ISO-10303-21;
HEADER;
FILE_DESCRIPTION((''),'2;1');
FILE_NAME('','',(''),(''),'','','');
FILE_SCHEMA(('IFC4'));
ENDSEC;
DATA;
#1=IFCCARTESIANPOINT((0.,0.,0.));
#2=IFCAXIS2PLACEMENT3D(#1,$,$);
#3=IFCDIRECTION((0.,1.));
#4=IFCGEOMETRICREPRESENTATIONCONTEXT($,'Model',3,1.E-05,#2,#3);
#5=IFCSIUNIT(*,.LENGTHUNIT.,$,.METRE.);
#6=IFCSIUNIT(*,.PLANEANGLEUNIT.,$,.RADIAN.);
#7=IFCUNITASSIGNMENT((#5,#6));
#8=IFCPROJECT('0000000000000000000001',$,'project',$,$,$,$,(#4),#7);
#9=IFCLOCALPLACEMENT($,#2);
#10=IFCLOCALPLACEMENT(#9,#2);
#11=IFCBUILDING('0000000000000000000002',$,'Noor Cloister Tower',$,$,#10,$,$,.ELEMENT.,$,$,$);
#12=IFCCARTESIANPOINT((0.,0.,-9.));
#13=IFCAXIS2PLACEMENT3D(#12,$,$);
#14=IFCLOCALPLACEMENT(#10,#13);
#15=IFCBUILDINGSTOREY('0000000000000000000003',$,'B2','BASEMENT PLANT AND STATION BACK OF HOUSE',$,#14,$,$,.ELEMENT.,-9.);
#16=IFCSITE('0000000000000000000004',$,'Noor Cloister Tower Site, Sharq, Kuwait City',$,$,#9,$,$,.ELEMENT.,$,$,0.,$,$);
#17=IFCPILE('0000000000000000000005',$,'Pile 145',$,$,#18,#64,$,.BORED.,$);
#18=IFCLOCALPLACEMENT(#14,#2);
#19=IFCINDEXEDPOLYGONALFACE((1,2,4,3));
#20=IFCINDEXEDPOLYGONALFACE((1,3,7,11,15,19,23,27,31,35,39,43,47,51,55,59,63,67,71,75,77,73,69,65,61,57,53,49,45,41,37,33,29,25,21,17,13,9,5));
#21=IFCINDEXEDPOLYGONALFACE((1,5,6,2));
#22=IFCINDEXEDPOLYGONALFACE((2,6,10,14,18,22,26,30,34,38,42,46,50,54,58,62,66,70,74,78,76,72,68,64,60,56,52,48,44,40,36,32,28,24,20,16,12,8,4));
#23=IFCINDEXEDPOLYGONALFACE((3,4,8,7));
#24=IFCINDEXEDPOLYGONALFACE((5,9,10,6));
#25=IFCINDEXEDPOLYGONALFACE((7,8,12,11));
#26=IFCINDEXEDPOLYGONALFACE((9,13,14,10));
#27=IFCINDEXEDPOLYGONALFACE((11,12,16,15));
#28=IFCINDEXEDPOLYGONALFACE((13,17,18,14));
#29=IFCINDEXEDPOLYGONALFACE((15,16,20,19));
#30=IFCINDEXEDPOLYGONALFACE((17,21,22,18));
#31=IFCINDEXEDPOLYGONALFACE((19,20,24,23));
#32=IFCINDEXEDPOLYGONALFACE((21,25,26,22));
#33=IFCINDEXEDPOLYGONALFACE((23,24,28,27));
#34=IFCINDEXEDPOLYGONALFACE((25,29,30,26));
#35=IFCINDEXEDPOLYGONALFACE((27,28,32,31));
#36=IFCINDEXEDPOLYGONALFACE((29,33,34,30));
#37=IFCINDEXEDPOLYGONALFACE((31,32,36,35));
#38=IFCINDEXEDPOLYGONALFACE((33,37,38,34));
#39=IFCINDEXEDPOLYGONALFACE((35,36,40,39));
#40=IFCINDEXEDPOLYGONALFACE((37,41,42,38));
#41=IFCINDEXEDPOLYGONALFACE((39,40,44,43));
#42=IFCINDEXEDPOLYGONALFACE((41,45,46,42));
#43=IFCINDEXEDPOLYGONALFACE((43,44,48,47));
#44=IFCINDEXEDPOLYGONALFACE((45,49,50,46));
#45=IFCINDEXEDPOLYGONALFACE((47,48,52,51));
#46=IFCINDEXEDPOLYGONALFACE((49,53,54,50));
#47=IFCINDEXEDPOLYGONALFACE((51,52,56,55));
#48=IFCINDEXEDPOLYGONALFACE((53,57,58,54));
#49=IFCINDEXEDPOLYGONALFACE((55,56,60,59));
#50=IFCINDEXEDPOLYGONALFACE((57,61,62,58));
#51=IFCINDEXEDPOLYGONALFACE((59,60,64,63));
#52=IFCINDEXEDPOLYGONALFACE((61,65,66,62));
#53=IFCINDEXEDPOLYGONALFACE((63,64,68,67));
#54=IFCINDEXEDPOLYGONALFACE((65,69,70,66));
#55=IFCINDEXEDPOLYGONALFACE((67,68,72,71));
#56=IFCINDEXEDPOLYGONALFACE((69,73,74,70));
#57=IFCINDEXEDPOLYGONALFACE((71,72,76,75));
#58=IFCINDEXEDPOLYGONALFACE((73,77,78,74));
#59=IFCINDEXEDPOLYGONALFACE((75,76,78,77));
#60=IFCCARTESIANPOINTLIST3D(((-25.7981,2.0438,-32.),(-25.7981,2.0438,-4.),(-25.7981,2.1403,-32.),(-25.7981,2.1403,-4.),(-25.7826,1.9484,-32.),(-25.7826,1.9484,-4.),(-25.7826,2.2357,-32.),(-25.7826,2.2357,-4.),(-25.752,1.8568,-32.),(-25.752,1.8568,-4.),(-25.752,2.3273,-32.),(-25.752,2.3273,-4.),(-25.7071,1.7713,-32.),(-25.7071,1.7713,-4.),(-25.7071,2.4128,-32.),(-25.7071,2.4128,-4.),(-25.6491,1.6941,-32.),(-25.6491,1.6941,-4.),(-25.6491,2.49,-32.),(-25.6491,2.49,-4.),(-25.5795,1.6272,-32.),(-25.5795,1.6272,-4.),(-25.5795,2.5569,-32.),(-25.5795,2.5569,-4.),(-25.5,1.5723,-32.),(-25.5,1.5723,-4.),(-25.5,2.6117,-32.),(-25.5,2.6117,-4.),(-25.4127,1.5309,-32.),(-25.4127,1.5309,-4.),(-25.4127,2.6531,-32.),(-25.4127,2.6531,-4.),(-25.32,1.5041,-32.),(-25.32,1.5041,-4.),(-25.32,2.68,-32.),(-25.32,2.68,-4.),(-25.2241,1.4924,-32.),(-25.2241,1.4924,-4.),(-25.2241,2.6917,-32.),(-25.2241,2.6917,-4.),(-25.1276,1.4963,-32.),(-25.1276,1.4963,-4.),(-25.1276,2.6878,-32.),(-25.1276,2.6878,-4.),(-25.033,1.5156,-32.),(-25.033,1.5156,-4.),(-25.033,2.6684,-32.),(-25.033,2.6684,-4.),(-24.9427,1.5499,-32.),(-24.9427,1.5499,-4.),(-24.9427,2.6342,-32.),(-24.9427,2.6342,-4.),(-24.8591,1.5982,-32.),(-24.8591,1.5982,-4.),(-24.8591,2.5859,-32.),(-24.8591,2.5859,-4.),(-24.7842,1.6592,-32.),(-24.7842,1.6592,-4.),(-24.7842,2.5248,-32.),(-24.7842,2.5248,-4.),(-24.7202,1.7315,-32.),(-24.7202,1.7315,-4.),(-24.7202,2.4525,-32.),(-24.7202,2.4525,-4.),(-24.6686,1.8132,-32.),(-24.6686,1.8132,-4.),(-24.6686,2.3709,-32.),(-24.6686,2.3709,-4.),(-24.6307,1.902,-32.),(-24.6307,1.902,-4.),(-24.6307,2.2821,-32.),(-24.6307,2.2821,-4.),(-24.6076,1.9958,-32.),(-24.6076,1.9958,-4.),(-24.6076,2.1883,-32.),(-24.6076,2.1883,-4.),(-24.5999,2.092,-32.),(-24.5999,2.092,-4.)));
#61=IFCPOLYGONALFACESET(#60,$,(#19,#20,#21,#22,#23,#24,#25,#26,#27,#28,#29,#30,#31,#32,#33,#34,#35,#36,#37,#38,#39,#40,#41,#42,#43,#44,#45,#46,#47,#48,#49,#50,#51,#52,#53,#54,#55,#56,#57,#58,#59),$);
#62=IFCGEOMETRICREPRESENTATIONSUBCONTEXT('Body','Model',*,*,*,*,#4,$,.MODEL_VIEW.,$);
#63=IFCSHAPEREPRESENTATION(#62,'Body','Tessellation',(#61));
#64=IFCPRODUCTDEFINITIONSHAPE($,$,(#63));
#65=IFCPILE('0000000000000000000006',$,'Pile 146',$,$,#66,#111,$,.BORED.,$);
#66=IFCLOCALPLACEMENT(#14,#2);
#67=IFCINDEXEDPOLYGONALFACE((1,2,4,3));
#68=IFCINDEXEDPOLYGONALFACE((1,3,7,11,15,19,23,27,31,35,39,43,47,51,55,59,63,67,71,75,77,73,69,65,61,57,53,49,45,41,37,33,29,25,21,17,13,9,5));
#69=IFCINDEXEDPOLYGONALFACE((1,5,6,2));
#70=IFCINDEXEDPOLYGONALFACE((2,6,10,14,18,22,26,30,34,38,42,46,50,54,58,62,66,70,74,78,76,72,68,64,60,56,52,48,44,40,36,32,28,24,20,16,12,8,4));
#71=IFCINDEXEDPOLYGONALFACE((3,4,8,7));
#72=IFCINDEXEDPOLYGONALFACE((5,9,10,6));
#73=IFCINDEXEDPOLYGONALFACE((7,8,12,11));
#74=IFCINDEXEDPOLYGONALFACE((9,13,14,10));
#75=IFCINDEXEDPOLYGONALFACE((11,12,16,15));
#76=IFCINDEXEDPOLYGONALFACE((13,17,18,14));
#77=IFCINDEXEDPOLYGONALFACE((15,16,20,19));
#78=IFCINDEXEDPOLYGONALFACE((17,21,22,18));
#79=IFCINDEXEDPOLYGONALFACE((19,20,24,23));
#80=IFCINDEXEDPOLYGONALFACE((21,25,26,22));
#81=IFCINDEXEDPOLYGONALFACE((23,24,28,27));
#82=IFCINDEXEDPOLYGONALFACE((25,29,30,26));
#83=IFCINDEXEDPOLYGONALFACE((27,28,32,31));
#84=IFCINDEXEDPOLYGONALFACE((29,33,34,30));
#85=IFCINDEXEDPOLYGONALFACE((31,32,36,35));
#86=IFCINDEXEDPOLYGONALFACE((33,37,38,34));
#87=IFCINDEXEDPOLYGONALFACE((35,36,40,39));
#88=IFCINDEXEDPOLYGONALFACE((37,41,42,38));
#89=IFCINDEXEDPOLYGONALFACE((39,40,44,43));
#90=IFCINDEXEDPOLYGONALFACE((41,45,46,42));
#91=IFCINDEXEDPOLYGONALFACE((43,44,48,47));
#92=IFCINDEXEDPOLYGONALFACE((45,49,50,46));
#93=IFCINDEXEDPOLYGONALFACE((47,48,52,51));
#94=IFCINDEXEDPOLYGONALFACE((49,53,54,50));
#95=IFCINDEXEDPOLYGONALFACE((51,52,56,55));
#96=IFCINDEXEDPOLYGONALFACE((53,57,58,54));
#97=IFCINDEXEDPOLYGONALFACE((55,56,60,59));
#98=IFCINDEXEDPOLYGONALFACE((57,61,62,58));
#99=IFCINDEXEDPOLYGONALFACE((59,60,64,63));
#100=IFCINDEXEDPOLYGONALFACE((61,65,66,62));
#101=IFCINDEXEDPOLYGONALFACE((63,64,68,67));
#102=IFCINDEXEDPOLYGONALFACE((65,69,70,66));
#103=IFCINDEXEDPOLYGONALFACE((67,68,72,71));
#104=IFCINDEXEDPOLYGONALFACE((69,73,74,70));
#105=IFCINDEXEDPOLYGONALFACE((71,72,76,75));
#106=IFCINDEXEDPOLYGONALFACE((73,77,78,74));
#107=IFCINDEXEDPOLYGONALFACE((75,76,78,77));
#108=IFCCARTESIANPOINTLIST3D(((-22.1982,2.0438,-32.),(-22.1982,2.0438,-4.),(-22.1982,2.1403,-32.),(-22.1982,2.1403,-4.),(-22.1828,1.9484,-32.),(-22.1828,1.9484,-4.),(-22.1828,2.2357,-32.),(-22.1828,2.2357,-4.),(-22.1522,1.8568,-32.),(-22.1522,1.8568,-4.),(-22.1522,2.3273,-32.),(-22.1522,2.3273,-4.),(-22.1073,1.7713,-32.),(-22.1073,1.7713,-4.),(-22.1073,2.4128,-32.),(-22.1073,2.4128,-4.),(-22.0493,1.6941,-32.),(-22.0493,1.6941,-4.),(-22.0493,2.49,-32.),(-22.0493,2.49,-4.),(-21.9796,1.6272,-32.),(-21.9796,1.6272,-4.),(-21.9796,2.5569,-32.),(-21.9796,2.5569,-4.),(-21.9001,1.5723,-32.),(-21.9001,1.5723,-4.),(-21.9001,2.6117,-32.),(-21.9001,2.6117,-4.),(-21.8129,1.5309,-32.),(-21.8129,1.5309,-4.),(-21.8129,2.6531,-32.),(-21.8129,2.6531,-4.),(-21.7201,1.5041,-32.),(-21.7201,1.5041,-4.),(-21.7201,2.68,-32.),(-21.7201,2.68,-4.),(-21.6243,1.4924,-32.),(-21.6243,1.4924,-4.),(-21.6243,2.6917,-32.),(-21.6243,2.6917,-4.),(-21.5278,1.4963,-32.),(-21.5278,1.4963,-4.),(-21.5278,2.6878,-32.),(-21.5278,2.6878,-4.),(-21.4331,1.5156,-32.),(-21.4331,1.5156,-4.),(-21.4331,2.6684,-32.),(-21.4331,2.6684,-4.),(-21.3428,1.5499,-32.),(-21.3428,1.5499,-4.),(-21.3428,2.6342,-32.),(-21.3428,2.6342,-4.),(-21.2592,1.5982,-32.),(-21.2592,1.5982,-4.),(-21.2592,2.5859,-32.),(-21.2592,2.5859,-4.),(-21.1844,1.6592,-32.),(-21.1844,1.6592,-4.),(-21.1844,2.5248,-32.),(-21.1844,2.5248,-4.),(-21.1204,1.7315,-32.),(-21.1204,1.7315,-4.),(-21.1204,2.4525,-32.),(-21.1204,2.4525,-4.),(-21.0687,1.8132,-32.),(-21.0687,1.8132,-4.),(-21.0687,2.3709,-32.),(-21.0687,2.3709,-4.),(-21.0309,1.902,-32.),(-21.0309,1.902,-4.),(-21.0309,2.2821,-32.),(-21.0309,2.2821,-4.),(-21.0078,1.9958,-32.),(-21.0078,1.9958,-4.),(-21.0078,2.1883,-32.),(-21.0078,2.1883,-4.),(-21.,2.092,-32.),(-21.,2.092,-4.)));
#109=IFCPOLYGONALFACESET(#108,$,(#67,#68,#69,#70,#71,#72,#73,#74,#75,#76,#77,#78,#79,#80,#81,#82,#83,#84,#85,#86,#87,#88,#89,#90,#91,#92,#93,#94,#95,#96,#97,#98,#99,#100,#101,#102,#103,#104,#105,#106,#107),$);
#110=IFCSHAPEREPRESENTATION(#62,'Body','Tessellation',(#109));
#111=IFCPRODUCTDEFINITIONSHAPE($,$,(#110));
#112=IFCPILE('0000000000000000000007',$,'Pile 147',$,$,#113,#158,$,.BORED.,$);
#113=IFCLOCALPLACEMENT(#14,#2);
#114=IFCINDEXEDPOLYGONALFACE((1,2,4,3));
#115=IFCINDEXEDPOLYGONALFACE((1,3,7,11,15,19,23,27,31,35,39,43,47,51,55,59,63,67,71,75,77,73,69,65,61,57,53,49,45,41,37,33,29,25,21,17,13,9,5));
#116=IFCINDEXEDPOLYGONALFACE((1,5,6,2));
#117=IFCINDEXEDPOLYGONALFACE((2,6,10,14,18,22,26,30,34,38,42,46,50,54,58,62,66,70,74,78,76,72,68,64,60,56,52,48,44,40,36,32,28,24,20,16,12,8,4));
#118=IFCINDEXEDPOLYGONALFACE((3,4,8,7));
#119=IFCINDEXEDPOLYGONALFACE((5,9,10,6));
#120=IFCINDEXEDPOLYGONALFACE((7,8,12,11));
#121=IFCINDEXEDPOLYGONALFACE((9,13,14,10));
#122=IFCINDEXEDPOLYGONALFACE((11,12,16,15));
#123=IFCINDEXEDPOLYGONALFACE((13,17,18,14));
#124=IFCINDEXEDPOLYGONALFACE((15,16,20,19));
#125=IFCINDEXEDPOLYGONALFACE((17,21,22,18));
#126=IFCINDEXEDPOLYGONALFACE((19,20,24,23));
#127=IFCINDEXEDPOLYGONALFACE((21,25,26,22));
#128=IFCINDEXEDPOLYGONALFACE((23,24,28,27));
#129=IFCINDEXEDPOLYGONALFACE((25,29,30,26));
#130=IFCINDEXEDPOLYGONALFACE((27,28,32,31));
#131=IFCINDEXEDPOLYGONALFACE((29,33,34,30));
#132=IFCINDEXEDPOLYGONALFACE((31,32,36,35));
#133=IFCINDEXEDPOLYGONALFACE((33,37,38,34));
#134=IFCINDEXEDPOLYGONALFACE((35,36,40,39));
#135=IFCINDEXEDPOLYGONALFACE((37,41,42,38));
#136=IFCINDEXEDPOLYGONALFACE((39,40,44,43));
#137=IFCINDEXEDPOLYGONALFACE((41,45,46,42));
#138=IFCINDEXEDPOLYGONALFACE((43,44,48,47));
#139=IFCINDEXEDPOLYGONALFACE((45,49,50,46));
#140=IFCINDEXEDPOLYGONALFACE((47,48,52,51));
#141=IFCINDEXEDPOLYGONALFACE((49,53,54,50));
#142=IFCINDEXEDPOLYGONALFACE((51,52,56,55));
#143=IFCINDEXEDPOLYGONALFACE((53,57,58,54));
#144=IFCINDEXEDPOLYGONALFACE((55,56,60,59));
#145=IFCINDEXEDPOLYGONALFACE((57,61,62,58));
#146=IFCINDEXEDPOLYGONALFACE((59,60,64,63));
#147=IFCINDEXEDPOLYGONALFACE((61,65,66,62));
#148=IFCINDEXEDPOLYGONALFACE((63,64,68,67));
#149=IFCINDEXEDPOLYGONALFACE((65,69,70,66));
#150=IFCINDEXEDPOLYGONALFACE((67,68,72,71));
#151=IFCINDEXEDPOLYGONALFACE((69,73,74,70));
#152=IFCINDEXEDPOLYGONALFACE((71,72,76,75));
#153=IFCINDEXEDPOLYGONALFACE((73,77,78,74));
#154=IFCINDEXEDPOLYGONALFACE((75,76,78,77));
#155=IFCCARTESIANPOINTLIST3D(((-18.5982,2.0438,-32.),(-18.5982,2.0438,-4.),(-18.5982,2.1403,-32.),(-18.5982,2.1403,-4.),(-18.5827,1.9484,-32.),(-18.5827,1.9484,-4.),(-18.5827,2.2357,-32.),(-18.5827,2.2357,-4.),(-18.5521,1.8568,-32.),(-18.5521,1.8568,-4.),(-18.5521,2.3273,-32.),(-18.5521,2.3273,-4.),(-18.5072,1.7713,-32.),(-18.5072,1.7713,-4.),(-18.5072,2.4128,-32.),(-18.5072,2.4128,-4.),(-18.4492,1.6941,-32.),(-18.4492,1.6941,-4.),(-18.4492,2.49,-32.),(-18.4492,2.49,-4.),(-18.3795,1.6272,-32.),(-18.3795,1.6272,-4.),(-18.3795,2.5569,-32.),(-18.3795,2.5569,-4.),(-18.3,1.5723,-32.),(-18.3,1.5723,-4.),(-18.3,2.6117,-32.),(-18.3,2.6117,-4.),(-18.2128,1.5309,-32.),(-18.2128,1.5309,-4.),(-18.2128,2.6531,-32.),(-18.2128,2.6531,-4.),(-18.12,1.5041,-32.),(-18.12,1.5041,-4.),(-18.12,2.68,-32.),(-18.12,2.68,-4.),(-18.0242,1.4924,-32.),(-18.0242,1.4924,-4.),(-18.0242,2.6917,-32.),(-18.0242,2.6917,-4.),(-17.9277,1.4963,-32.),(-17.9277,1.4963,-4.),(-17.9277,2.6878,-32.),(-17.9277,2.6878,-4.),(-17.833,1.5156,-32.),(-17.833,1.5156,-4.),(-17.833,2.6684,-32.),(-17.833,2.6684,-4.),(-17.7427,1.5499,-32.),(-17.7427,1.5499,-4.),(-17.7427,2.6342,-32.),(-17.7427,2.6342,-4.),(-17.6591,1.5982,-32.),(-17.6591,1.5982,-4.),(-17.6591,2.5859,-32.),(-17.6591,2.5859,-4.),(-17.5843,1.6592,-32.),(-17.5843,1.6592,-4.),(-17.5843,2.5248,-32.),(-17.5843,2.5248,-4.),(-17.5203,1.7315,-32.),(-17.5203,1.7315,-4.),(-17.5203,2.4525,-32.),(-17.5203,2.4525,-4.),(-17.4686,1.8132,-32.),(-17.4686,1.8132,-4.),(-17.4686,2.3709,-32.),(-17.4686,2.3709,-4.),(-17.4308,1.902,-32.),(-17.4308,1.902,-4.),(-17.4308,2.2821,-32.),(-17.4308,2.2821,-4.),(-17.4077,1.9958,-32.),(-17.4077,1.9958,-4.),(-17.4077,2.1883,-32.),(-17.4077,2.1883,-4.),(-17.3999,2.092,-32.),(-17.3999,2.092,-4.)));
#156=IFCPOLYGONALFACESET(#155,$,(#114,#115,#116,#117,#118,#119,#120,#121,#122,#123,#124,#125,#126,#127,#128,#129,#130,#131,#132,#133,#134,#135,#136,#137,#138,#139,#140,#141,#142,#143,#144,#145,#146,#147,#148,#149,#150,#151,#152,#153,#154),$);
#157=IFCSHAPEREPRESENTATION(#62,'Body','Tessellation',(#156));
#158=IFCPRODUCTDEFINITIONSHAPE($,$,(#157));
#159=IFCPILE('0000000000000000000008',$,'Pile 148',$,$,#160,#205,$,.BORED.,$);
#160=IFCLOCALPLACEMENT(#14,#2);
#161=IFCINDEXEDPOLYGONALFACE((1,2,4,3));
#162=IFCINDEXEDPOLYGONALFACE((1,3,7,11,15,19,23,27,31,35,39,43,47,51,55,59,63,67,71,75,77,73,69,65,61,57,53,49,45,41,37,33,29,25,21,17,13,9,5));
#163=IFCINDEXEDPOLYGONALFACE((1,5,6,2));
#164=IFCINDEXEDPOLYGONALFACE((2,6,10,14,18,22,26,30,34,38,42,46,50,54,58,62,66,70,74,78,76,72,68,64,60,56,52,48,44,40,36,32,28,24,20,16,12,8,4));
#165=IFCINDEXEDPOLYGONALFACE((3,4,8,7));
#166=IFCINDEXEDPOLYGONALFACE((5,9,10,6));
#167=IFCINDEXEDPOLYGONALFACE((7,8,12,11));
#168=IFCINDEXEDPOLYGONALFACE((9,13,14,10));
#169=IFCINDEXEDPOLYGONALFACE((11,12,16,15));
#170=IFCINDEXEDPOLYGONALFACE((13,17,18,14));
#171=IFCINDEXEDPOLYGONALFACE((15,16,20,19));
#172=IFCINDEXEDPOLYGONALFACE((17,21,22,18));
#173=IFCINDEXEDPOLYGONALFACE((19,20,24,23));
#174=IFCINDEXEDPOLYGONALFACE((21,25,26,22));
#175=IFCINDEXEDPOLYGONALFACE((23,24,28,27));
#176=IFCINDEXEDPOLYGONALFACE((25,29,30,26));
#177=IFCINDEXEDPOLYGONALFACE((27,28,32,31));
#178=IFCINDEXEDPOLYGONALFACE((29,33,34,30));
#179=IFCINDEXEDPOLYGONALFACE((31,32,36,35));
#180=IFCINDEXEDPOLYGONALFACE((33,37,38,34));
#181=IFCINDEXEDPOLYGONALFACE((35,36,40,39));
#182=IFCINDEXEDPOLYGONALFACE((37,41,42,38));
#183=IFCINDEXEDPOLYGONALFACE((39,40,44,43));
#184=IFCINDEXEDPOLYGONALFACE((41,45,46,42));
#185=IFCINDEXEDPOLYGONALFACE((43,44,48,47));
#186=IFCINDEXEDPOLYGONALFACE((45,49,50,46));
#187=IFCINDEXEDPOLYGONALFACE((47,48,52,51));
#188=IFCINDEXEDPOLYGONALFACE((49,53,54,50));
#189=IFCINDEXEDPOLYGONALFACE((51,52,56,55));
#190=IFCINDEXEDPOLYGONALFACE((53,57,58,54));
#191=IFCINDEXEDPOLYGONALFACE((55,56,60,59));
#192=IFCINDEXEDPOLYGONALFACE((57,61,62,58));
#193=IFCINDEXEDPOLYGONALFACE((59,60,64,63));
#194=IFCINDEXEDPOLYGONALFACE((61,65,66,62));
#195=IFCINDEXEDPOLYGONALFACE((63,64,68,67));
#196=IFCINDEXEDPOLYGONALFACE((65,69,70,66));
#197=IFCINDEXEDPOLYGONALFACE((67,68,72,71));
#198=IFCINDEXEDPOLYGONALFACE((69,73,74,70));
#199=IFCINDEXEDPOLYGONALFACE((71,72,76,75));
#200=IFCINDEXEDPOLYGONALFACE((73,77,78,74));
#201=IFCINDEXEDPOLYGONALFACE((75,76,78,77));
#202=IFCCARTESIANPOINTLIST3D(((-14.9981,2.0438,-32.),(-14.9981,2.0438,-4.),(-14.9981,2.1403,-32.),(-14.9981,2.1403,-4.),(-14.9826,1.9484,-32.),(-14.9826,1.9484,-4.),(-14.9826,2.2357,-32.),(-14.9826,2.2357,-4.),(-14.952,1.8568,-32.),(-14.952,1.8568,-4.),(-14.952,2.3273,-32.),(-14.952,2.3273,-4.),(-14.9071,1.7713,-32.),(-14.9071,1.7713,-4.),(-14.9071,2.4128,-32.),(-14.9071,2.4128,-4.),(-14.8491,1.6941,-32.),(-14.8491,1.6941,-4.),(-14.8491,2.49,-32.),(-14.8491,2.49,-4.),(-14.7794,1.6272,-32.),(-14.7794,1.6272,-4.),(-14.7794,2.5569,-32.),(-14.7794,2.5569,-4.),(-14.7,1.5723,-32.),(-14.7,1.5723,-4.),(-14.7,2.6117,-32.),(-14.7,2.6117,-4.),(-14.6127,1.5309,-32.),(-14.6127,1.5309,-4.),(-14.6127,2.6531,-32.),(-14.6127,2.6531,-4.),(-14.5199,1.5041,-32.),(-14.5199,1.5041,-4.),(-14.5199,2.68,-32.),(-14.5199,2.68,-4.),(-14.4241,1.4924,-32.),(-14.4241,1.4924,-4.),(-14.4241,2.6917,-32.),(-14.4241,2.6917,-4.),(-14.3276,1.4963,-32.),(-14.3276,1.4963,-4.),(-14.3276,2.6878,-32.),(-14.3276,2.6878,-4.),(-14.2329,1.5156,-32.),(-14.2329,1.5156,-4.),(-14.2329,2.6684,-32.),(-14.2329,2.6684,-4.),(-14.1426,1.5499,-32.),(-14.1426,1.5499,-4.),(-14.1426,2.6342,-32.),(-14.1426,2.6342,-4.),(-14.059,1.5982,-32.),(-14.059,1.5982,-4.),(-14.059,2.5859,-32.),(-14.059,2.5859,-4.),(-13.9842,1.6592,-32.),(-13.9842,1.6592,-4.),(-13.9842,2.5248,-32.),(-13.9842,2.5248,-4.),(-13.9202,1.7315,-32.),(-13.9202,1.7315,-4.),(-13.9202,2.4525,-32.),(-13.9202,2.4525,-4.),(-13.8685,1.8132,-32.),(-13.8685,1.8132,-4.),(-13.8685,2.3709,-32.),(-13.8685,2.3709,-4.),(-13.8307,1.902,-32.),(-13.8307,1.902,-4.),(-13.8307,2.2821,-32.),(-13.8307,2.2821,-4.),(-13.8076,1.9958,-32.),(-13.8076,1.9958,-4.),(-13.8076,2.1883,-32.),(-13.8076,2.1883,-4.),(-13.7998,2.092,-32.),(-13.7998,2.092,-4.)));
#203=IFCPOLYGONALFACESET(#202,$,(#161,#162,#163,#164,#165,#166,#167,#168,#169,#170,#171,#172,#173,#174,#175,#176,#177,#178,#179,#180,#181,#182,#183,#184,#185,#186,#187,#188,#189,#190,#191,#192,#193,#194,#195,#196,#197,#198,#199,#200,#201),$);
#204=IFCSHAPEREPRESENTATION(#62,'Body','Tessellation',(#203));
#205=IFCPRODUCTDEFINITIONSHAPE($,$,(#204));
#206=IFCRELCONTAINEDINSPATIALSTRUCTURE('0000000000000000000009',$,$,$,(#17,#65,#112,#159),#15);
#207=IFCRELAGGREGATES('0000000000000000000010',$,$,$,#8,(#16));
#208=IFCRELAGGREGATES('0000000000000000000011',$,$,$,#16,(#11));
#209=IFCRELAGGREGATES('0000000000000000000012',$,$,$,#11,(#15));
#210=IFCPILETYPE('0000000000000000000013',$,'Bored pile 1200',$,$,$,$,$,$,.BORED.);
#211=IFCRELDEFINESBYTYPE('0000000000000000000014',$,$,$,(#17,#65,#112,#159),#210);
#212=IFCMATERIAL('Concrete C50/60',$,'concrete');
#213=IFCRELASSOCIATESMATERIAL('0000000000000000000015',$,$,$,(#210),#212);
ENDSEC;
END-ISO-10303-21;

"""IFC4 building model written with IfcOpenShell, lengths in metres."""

from ifc_helpers import new_model, si_unit, direction, frame, origin, origin_2d, place, context, subcontext, project, spatial, circle, extrude, material, material_profile, profile_set, type_object, element, save


model = new_model("IFC4")

# Units and contexts
model_context = context("Model", 3, precision=1e-05, world=origin(), true_north=direction((0.0, 1.0)))
body_context = subcontext(model_context, "Body", "Model", "MODEL_VIEW")
ifc_project = project(units=[si_unit("LENGTHUNIT", "METRE"), si_unit("PLANEANGLEUNIT", "RADIAN")], contexts=[model_context])

# Site, building, storey
site_placement = place(None, origin())
site = spatial("IfcSite", under=ifc_project, at=site_placement, Name="Noor Cloister Tower Site, Sharq, Kuwait City", CompositionType="ELEMENT", RefElevation=0.0)
building_placement = place(site_placement, origin())
building = spatial("IfcBuilding", under=site, at=building_placement, Name="Noor Cloister Tower", CompositionType="ELEMENT")
storey_placement = place(building_placement, frame((0.0, 0.0, -9.0)))
storey = spatial("IfcBuildingStorey", under=building, at=storey_placement, Name="B2", Description="BASEMENT PLANT AND STATION BACK OF HOUSE", CompositionType="ELEMENT", Elevation=-9.0)

# Piles
ifc_material_1 = material(Name="Concrete C50/60", Category="concrete")
ifc_material_profile_1 = material_profile(ifc_material_1, circle(Radius=0.6001, at=origin_2d()), Name="Bored pile 1200")
ifc_profile_set_1 = profile_set([ifc_material_profile_1], Name="Concrete C50/60")
pile_type = type_object("IfcPileType", Name="Bored pile 1200", PredefinedType="BORED", material=ifc_profile_set_1)
for number, where, z_axis, x_axis, name in (
    (1, (-25.2, 2.092, -4.0), (0.0, 0.0, -1.0), (1.0, 0.0, 0.0), "Pile 145"),
    (2, (-21.6001, 2.092, -4.0), (0.0, 0.0, -1.0), (1.0, 0.0, 0.0), "Pile 146"),
    (3, (-18.0, 2.092, -4.0), (0.0, 0.0, -1.0), (1.0, 0.0, 0.0), "Pile 147"),
    (4, (-14.3999, 2.092, -4.0), (0.0, 0.0, -1.0), (1.0, 0.0, 0.0), "Pile 148"),
):
    element("IfcPile", number, at=place(storey_placement, frame(where, z_axis=z_axis, x_axis=x_axis)), inside=storey, type_object=pile_type, Name=name, PredefinedType="BORED", context=body_context, shape_type="SweptSolid", body=[
        extrude(circle(Radius=0.6001, at=origin_2d()), origin(), (0.0, 0.0, 1.0), 28.0),
    ])

save(model, "model.ifc")
